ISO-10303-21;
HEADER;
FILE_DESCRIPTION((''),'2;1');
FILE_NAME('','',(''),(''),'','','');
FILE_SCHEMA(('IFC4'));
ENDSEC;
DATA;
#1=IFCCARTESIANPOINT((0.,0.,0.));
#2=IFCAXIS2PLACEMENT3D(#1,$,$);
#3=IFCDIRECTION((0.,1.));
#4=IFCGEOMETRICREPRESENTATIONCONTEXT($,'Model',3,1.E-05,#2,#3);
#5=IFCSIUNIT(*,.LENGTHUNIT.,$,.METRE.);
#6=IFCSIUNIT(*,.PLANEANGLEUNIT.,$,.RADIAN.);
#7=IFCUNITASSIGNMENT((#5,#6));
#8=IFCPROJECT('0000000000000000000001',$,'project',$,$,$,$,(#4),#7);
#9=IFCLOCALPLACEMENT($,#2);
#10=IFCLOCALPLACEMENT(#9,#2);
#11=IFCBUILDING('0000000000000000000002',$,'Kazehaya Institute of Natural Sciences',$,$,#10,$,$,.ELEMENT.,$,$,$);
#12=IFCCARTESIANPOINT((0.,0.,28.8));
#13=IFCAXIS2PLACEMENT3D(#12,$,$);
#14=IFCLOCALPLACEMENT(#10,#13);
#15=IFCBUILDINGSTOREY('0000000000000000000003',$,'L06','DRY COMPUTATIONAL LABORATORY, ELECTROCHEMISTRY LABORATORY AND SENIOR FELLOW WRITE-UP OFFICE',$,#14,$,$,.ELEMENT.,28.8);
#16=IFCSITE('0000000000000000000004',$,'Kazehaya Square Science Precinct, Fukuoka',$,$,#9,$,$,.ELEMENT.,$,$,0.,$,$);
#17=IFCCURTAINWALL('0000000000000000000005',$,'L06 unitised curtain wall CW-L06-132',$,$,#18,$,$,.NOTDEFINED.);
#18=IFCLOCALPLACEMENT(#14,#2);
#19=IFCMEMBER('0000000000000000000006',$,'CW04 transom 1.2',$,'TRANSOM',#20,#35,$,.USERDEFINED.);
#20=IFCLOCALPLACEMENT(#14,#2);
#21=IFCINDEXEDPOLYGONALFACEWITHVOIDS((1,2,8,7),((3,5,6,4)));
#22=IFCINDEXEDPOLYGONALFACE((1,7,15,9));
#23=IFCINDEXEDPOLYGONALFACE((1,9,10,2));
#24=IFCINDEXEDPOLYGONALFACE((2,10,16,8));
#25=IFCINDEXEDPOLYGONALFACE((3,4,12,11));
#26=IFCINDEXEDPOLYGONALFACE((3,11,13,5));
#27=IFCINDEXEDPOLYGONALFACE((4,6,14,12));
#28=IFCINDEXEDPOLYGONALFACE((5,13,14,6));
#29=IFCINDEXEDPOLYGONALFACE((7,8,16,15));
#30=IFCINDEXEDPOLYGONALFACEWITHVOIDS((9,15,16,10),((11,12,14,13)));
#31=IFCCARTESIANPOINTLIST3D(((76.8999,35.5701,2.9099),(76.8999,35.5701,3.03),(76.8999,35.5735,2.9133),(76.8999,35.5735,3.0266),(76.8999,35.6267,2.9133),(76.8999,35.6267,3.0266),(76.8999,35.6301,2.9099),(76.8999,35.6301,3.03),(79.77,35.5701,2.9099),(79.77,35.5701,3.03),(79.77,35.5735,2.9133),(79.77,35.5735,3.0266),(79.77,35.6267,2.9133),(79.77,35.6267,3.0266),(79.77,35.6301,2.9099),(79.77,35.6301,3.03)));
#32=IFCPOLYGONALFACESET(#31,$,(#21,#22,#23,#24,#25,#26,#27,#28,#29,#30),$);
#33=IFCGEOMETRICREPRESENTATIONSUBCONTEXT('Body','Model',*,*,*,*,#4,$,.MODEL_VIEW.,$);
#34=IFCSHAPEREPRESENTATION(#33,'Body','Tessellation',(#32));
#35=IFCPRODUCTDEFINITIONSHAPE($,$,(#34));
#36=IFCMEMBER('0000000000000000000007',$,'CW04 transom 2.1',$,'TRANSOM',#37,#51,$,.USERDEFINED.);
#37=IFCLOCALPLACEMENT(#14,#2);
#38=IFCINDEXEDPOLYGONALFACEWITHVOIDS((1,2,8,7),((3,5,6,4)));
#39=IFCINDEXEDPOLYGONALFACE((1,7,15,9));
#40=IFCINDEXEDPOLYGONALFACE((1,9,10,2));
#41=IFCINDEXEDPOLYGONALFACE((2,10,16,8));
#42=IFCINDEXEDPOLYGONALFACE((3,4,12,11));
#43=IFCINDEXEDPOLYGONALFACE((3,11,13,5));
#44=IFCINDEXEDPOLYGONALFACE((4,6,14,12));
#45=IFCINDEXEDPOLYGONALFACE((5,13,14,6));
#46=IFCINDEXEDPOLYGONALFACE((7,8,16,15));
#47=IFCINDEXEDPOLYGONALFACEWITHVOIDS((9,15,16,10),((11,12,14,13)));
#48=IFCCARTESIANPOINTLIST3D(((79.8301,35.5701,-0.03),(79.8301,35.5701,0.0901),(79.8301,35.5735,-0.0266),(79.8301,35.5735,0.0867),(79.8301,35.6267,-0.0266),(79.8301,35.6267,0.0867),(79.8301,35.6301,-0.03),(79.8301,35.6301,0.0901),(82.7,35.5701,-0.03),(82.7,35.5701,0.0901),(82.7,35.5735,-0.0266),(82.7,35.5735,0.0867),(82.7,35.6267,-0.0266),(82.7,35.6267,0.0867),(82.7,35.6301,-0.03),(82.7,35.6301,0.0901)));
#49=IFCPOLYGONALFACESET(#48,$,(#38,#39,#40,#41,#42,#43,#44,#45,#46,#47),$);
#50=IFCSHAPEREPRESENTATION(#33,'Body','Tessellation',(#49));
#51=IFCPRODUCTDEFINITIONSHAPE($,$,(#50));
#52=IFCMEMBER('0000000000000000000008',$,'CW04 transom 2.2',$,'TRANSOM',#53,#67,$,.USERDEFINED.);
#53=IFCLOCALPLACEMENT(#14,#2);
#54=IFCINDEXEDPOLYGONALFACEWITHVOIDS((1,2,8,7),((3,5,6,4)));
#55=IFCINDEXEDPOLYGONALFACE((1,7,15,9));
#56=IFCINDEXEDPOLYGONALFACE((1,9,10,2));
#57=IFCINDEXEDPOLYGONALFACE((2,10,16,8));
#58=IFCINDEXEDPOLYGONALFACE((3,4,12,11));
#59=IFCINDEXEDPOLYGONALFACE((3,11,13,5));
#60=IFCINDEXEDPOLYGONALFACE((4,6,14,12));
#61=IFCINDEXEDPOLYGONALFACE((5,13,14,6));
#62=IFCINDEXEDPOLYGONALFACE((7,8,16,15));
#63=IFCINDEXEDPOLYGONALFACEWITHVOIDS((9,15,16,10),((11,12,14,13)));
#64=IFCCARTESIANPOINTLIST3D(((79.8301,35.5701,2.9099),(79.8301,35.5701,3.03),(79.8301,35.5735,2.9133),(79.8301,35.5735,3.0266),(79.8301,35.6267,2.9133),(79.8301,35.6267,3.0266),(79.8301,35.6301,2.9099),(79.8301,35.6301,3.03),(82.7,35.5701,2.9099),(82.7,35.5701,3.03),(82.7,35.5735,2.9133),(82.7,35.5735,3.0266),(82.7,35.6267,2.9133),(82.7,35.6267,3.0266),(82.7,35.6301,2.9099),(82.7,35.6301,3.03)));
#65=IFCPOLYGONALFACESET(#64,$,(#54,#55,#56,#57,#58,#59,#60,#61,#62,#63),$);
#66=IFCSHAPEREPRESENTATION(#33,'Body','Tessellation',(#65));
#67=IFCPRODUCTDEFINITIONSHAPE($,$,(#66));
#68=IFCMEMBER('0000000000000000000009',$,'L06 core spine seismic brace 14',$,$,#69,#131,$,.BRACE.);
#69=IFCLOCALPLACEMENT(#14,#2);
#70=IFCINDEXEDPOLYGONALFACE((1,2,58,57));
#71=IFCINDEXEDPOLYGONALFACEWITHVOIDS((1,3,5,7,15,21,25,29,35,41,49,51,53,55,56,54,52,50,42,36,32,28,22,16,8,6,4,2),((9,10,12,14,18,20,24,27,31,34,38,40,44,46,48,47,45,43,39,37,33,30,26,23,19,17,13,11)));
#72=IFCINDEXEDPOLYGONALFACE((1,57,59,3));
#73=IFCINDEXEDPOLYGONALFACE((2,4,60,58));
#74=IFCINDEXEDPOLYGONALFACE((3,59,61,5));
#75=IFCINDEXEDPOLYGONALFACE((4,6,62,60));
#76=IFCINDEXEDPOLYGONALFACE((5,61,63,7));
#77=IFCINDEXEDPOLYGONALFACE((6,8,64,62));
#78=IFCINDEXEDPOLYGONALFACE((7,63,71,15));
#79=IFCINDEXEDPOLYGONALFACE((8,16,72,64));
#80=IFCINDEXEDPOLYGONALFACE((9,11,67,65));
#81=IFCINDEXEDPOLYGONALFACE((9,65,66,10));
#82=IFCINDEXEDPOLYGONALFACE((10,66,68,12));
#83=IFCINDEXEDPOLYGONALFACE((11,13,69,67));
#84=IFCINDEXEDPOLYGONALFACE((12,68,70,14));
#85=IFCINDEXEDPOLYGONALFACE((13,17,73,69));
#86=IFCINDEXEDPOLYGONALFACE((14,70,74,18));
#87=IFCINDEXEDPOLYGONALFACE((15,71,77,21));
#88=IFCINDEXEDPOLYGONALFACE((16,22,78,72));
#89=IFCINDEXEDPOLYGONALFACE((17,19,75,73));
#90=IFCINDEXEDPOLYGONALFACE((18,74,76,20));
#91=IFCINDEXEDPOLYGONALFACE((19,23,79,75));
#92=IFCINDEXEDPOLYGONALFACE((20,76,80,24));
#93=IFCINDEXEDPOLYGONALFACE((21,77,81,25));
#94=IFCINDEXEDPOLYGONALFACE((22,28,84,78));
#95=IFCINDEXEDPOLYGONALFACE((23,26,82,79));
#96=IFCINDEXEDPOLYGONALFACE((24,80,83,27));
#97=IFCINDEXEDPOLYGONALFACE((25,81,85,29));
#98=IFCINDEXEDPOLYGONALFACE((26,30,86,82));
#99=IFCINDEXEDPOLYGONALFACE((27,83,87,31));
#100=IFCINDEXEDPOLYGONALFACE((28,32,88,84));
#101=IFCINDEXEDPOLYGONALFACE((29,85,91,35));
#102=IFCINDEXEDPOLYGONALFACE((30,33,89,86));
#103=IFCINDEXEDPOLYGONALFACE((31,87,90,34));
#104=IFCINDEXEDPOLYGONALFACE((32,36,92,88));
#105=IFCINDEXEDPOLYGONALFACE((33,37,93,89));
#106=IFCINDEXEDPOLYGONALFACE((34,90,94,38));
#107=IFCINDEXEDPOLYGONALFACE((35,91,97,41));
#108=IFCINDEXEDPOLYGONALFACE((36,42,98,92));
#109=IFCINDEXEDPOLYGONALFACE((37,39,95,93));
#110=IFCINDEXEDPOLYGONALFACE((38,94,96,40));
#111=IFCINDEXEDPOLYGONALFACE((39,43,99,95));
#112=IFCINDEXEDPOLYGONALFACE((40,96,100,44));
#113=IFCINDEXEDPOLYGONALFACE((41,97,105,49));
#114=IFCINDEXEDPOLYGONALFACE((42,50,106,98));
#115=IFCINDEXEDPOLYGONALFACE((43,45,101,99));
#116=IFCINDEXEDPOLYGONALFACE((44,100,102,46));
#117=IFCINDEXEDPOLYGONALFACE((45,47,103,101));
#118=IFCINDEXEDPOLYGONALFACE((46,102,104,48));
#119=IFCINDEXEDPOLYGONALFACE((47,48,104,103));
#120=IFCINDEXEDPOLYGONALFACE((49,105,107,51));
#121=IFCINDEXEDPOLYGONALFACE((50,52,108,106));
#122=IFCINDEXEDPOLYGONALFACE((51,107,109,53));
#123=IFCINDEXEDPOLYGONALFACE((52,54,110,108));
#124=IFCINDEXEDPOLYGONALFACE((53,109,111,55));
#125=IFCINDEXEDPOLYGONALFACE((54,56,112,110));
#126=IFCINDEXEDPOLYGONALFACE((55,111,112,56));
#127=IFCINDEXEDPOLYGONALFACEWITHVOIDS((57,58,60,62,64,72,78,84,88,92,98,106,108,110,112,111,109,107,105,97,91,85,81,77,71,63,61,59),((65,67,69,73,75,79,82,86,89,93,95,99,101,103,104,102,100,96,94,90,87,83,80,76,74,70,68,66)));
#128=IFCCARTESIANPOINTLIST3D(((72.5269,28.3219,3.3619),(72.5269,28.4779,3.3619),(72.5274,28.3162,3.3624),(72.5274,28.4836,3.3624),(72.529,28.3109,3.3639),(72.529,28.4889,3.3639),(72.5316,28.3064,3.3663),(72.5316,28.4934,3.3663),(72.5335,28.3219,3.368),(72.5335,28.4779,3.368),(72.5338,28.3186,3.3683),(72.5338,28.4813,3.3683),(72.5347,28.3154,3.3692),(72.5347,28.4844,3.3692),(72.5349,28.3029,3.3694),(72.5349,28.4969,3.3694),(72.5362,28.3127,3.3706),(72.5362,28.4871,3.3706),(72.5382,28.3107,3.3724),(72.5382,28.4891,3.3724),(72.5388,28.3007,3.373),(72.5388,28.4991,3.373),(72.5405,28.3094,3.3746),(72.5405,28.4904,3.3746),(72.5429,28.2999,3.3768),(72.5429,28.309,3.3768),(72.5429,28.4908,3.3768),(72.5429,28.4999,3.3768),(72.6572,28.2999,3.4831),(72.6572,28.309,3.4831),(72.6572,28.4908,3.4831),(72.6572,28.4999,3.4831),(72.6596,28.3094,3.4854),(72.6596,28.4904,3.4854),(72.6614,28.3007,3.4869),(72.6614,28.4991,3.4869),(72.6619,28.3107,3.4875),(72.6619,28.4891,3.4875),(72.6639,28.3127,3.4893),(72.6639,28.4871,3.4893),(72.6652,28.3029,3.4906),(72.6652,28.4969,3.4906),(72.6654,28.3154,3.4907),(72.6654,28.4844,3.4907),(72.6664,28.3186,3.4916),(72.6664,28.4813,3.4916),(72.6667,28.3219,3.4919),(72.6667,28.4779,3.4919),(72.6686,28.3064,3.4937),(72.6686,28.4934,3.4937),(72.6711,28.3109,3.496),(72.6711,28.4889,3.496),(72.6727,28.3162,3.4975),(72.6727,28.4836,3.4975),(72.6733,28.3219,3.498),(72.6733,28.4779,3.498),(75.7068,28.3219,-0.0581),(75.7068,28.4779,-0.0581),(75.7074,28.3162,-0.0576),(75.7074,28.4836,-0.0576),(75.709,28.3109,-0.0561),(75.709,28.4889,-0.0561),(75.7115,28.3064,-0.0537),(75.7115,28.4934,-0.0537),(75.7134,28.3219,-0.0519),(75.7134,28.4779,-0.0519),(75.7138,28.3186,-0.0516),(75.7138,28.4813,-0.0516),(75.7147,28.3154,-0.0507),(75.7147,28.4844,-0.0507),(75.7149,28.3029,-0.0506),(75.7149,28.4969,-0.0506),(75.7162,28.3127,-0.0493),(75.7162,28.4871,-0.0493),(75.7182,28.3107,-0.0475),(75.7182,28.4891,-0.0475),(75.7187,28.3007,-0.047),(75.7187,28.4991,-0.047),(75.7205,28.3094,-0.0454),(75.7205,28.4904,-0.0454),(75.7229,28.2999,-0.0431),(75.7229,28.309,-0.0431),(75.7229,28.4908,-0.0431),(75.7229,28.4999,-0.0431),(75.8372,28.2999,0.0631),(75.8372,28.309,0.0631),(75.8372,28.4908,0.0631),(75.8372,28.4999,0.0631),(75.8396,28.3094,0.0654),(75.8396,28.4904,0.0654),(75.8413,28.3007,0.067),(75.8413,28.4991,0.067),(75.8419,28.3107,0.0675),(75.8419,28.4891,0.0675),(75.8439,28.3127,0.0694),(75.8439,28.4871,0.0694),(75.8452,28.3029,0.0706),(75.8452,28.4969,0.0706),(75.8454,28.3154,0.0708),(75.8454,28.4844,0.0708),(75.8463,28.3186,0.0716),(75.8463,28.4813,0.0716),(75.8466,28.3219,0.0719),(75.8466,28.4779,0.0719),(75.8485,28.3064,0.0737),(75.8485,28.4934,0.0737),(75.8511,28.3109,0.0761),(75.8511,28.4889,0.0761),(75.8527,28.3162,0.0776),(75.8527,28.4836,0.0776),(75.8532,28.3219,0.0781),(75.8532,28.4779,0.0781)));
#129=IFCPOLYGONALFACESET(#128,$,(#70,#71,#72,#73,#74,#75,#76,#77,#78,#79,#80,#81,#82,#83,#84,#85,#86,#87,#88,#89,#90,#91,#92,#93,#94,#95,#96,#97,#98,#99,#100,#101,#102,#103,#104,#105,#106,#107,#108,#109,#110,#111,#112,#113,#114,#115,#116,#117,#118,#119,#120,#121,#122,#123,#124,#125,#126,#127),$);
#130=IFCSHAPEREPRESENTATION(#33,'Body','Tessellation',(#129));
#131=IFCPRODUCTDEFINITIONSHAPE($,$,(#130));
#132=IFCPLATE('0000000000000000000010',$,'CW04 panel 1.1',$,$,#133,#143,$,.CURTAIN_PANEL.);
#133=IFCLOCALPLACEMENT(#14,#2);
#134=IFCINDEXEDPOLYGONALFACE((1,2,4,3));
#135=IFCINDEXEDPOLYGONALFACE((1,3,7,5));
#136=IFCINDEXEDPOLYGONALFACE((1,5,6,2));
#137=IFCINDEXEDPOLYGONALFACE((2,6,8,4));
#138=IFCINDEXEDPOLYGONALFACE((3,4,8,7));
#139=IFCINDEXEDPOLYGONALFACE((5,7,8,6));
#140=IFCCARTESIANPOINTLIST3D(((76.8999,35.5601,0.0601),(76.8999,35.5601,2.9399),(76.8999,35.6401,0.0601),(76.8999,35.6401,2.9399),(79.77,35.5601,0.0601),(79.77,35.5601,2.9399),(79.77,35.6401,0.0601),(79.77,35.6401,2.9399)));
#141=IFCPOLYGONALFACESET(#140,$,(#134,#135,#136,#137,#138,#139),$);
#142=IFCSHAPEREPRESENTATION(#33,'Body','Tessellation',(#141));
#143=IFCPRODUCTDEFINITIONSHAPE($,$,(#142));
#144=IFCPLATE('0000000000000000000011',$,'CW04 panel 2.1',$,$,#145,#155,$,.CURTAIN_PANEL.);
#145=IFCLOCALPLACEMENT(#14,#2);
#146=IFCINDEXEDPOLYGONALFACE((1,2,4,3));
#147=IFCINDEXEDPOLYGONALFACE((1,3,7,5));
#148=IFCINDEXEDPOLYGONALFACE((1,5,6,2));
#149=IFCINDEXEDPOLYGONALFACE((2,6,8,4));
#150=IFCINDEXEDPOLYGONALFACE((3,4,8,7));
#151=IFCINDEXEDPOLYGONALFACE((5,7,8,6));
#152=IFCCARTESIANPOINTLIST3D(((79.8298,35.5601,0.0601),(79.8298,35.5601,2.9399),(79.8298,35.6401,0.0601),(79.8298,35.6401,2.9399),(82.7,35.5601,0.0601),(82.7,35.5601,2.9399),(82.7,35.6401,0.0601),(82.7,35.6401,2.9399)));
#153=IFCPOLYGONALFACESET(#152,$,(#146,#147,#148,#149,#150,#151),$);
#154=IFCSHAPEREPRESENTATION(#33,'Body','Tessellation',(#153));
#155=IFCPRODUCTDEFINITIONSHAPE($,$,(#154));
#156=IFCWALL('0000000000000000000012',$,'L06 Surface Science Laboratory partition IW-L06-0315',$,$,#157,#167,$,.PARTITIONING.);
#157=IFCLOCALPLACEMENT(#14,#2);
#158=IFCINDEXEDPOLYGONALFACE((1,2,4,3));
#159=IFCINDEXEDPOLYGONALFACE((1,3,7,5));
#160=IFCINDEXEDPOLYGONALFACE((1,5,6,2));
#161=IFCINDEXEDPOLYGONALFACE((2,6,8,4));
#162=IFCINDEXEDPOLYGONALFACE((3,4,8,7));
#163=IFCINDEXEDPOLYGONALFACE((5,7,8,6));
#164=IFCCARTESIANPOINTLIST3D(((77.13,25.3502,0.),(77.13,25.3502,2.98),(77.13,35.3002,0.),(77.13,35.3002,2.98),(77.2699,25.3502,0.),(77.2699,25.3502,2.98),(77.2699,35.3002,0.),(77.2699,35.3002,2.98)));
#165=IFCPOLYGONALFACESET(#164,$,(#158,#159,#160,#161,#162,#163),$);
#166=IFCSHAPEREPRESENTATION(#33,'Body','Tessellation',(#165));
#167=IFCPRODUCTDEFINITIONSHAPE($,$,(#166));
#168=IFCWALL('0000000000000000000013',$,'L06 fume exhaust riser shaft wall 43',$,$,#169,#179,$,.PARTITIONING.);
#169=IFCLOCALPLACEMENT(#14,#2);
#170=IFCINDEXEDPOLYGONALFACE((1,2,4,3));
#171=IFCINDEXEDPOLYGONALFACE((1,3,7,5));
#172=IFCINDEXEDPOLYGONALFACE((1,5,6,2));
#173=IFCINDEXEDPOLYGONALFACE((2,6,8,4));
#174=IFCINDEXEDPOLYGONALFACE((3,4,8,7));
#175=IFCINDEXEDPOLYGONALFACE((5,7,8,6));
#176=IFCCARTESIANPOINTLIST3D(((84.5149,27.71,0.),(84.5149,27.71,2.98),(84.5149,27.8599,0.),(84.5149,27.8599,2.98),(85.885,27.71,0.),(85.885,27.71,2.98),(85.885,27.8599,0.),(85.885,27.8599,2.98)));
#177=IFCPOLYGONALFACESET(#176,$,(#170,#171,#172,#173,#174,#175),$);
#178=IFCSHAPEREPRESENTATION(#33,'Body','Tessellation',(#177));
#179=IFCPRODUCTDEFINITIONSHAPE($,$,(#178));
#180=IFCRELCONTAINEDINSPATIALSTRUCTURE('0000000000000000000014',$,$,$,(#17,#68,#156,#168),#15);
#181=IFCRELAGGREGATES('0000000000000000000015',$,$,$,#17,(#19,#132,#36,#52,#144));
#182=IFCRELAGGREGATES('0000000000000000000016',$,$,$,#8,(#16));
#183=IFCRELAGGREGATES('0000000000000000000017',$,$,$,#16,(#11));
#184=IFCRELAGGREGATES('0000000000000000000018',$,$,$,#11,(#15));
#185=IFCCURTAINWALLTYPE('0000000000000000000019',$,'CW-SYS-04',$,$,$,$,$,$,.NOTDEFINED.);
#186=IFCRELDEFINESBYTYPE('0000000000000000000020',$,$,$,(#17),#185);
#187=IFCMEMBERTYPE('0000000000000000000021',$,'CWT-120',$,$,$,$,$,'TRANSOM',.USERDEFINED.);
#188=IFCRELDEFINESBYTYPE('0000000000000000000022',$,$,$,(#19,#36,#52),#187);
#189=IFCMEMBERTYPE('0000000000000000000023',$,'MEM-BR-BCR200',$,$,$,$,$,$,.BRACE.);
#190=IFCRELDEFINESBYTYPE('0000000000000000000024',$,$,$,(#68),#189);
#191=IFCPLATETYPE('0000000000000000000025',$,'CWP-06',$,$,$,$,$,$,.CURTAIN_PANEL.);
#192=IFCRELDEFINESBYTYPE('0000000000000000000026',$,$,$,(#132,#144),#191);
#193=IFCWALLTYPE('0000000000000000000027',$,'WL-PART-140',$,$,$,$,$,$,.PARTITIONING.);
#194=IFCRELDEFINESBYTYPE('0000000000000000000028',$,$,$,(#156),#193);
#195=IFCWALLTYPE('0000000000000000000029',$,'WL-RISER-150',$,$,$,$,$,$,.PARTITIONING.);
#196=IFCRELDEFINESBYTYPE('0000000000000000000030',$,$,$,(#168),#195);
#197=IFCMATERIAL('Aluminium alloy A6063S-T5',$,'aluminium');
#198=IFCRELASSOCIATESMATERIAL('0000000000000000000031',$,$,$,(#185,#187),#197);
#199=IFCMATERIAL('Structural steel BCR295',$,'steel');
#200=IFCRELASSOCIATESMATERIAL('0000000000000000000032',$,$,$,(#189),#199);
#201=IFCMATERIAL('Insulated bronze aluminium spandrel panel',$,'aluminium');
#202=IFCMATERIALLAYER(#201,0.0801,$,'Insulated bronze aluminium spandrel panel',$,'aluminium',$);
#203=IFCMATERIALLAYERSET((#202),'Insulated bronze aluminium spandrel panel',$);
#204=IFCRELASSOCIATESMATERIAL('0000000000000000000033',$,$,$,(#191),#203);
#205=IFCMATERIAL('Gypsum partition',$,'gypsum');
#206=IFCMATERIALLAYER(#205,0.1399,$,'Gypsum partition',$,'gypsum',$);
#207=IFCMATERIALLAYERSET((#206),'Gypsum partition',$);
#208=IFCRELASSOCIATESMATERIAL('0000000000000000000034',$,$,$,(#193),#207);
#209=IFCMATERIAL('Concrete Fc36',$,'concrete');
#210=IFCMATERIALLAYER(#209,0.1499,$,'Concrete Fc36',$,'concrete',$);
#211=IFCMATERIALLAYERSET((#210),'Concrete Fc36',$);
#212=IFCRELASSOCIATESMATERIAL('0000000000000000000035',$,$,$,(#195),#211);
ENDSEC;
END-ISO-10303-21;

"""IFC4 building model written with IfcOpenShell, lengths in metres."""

from ifc_helpers import new_model, si_unit, direction, frame, frame_2d, origin, origin_2d, place, context, subcontext, project, spatial, rectangle, hollow_rectangle, extrude, material, layer, layer_set, material_profile, profile_set, type_object, element, aggregate, save


model = new_model("IFC4")

# Units and contexts
model_context = context("Model", 3, precision=1e-05, world=origin(), true_north=direction((0.0, 1.0)))
body_context = subcontext(model_context, "Body", "Model", "MODEL_VIEW")
ifc_project = project(units=[si_unit("LENGTHUNIT", "METRE"), si_unit("PLANEANGLEUNIT", "RADIAN")], contexts=[model_context])

# Site, building, storey
site_placement = place(None, origin())
site = spatial("IfcSite", under=ifc_project, at=site_placement, Name="Kazehaya Square Science Precinct, Fukuoka", CompositionType="ELEMENT", RefElevation=0.0)
building_placement = place(site_placement, origin())
building = spatial("IfcBuilding", under=site, at=building_placement, Name="Kazehaya Institute of Natural Sciences", CompositionType="ELEMENT")
storey_placement = place(building_placement, frame((0.0, 0.0, 28.8)))
storey = spatial("IfcBuildingStorey", under=building, at=storey_placement, Name="L06", Description="DRY COMPUTATIONAL LABORATORY, ELECTROCHEMISTRY LABORATORY AND SENIOR FELLOW WRITE-UP OFFICE", CompositionType="ELEMENT", Elevation=28.8)

# Shared definitions
ifc_material_1 = material(Name="Concrete Fc36", Category="concrete")

# Shared definitions
ifc_material_2 = material(Name="Aluminium alloy A6063S-T5", Category="aluminium")
curtain_wall_type = type_object("IfcCurtainWallType", Name="CW-SYS-04", PredefinedType="NOTDEFINED", material=ifc_material_2)

# Curtain wall, members
curtain_wall_1_placement = place(storey_placement, origin())
curtain_wall_1 = element("IfcCurtainWall", 1, at=curtain_wall_1_placement, inside=storey, type_object=curtain_wall_type, Name="L06 unitised curtain wall CW-L06-132", PredefinedType="NOTDEFINED")
ifc_material_profile_1 = material_profile(ifc_material_2, hollow_rectangle(XDim=0.0601, YDim=0.1201, WallThickness=0.0034, at=origin_2d()), Name="ALU-60x120x3.5")
ifc_profile_set_1 = profile_set([ifc_material_profile_1], Name="Aluminium alloy A6063S-T5")
member_type_1 = type_object("IfcMemberType", Name="CWT-120", ElementType="TRANSOM", PredefinedType="USERDEFINED", material=ifc_profile_set_1)
member_1_placement = place(storey_placement, frame((76.8999, 35.6001, 2.97), z_axis=(1.0, 0.0, 0.0), x_axis=(0.0, 1.0, 0.0)))
member_1 = element("IfcMember", 2, at=member_1_placement, type_object=member_type_1, Name="CW04 transom 1.2", ObjectType="TRANSOM", PredefinedType="USERDEFINED", context=body_context, shape_type="SweptSolid", body=[
    extrude(hollow_rectangle(XDim=0.0601, YDim=0.1201, WallThickness=0.0034, at=origin_2d()), origin(), (0.0, 0.0, 1.0), 2.8701),
])
member_2_placement = place(storey_placement, frame((79.8301, 35.6001, 0.03), z_axis=(1.0, 0.0, 0.0), x_axis=(0.0, 1.0, 0.0)))
member_2 = element("IfcMember", 3, at=member_2_placement, type_object=member_type_1, Name="CW04 transom 2.1", ObjectType="TRANSOM", PredefinedType="USERDEFINED", context=body_context, shape_type="SweptSolid", body=[
    extrude(hollow_rectangle(XDim=0.0601, YDim=0.1201, WallThickness=0.0034, at=origin_2d()), origin(), (0.0, 0.0, 1.0), 2.8699),
])
member_3_placement = place(storey_placement, frame((79.8301, 35.6001, 2.97), z_axis=(1.0, 0.0, 0.0), x_axis=(0.0, 1.0, 0.0)))
member_3 = element("IfcMember", 4, at=member_3_placement, type_object=member_type_1, Name="CW04 transom 2.2", ObjectType="TRANSOM", PredefinedType="USERDEFINED", context=body_context, shape_type="SweptSolid", body=[
    extrude(hollow_rectangle(XDim=0.0601, YDim=0.1201, WallThickness=0.0034, at=origin_2d()), origin(), (0.0, 0.0, 1.0), 2.8699),
])

# Member
ifc_material_3 = material(Name="Structural steel BCR295", Category="steel")
ifc_material_profile_2 = material_profile(ifc_material_3, hollow_rectangle(XDim=0.2, YDim=0.2, WallThickness=0.009, InnerFilletRadius=0.0129, OuterFilletRadius=0.022, at=origin_2d()), Name="BCR-200x200x9")
ifc_profile_set_2 = profile_set([ifc_material_profile_2], Name="Structural steel BCR295")
member_type_2 = type_object("IfcMemberType", Name="MEM-BR-BCR200", PredefinedType="BRACE", material=ifc_profile_set_2)
member_4_placement = place(storey_placement, frame((75.78, 28.3999, 0.01), z_axis=(-0.680944, 0.0, 0.732335), x_axis=(0.0, -1.0, 0.0)))
element("IfcMember", 5, at=member_4_placement, inside=storey, type_object=member_type_2, Name="L06 core spine seismic brace 14", PredefinedType="BRACE", context=body_context, shape_type="SweptSolid", body=[
    extrude(hollow_rectangle(XDim=0.2, YDim=0.2, WallThickness=0.009, InnerFilletRadius=0.0129, OuterFilletRadius=0.022, at=origin_2d()), origin(), (0.0, 0.0, 1.0), 4.6699),
])

# Plates
ifc_material_4 = material(Name="Insulated bronze aluminium spandrel panel", Category="aluminium")
ifc_layer_1 = layer(ifc_material_4, 0.0801, Name="Insulated bronze aluminium spandrel panel", Category="aluminium")
ifc_layer_set_1 = layer_set([ifc_layer_1], Name="Insulated bronze aluminium spandrel panel")
plate_type = type_object("IfcPlateType", Name="CWP-06", PredefinedType="CURTAIN_PANEL", material=ifc_layer_set_1)
plate_1_placement = place(storey_placement, frame((78.335, 35.6001, 0.0601), z_axis=(0.0, 0.0, 1.0), x_axis=(1.0, 0.0, 0.0)))
plate_1 = element("IfcPlate", 6, at=plate_1_placement, type_object=plate_type, Name="CW04 panel 1.1", PredefinedType="CURTAIN_PANEL", context=body_context, shape_type="SweptSolid", body=[
    extrude(rectangle(XDim=2.8701, YDim=0.0801, at=origin_2d()), origin(), (0.0, 0.0, 1.0), 2.8799),
])
plate_2_placement = place(storey_placement, frame((81.2649, 35.6001, 0.0601), z_axis=(0.0, 0.0, 1.0), x_axis=(1.0, 0.0, 0.0)))
plate_2 = element("IfcPlate", 7, at=plate_2_placement, type_object=plate_type, Name="CW04 panel 2.1", PredefinedType="CURTAIN_PANEL", context=body_context, shape_type="SweptSolid", body=[
    extrude(rectangle(XDim=2.8701, YDim=0.0801, at=origin_2d()), origin(), (0.0, 0.0, 1.0), 2.8799),
])
aggregate(curtain_wall_1, [member_1, plate_1, member_2, member_3, plate_2])

# Walls
ifc_material_5 = material(Name="Gypsum partition", Category="gypsum")
ifc_layer_2 = layer(ifc_material_5, 0.1399, Name="Gypsum partition", Category="gypsum")
ifc_layer_set_2 = layer_set([ifc_layer_2], Name="Gypsum partition")
wall_type_1 = type_object("IfcWallType", Name="WL-PART-140", PredefinedType="PARTITIONING", material=ifc_layer_set_2)
wall_1_placement = place(storey_placement, frame((77.2, 25.3501, 0.0), z_axis=(0.0, 0.0, 1.0), x_axis=(0.0, 1.0, 0.0)))
element("IfcWall", 8, at=wall_1_placement, inside=storey, type_object=wall_type_1, Name="L06 Surface Science Laboratory partition IW-L06-0315", PredefinedType="PARTITIONING", context=body_context, shape_type="SweptSolid", body=[
    extrude(rectangle(XDim=9.95, YDim=0.1399, at=frame_2d((4.9751, 0.0))), origin(), (0.0, 0.0, 1.0), 2.98),
])
ifc_layer_3 = layer(ifc_material_1, 0.1499, Name="Concrete Fc36", Category="concrete")
ifc_layer_set_3 = layer_set([ifc_layer_3], Name="Concrete Fc36")
wall_type_2 = type_object("IfcWallType", Name="WL-RISER-150", PredefinedType="PARTITIONING", material=ifc_layer_set_3)
wall_2_placement = place(storey_placement, frame((84.5149, 27.7849, 0.0), z_axis=(0.0, 0.0, 1.0), x_axis=(1.0, 0.0, 0.0)))
element("IfcWall", 9, at=wall_2_placement, inside=storey, type_object=wall_type_2, Name="L06 fume exhaust riser shaft wall 43", PredefinedType="PARTITIONING", context=body_context, shape_type="SweptSolid", body=[
    extrude(rectangle(XDim=1.3701, YDim=0.1499, at=frame_2d((0.6851, 0.0))), origin(), (0.0, 0.0, 1.0), 2.98),
])

save(model, "model.ifc")
